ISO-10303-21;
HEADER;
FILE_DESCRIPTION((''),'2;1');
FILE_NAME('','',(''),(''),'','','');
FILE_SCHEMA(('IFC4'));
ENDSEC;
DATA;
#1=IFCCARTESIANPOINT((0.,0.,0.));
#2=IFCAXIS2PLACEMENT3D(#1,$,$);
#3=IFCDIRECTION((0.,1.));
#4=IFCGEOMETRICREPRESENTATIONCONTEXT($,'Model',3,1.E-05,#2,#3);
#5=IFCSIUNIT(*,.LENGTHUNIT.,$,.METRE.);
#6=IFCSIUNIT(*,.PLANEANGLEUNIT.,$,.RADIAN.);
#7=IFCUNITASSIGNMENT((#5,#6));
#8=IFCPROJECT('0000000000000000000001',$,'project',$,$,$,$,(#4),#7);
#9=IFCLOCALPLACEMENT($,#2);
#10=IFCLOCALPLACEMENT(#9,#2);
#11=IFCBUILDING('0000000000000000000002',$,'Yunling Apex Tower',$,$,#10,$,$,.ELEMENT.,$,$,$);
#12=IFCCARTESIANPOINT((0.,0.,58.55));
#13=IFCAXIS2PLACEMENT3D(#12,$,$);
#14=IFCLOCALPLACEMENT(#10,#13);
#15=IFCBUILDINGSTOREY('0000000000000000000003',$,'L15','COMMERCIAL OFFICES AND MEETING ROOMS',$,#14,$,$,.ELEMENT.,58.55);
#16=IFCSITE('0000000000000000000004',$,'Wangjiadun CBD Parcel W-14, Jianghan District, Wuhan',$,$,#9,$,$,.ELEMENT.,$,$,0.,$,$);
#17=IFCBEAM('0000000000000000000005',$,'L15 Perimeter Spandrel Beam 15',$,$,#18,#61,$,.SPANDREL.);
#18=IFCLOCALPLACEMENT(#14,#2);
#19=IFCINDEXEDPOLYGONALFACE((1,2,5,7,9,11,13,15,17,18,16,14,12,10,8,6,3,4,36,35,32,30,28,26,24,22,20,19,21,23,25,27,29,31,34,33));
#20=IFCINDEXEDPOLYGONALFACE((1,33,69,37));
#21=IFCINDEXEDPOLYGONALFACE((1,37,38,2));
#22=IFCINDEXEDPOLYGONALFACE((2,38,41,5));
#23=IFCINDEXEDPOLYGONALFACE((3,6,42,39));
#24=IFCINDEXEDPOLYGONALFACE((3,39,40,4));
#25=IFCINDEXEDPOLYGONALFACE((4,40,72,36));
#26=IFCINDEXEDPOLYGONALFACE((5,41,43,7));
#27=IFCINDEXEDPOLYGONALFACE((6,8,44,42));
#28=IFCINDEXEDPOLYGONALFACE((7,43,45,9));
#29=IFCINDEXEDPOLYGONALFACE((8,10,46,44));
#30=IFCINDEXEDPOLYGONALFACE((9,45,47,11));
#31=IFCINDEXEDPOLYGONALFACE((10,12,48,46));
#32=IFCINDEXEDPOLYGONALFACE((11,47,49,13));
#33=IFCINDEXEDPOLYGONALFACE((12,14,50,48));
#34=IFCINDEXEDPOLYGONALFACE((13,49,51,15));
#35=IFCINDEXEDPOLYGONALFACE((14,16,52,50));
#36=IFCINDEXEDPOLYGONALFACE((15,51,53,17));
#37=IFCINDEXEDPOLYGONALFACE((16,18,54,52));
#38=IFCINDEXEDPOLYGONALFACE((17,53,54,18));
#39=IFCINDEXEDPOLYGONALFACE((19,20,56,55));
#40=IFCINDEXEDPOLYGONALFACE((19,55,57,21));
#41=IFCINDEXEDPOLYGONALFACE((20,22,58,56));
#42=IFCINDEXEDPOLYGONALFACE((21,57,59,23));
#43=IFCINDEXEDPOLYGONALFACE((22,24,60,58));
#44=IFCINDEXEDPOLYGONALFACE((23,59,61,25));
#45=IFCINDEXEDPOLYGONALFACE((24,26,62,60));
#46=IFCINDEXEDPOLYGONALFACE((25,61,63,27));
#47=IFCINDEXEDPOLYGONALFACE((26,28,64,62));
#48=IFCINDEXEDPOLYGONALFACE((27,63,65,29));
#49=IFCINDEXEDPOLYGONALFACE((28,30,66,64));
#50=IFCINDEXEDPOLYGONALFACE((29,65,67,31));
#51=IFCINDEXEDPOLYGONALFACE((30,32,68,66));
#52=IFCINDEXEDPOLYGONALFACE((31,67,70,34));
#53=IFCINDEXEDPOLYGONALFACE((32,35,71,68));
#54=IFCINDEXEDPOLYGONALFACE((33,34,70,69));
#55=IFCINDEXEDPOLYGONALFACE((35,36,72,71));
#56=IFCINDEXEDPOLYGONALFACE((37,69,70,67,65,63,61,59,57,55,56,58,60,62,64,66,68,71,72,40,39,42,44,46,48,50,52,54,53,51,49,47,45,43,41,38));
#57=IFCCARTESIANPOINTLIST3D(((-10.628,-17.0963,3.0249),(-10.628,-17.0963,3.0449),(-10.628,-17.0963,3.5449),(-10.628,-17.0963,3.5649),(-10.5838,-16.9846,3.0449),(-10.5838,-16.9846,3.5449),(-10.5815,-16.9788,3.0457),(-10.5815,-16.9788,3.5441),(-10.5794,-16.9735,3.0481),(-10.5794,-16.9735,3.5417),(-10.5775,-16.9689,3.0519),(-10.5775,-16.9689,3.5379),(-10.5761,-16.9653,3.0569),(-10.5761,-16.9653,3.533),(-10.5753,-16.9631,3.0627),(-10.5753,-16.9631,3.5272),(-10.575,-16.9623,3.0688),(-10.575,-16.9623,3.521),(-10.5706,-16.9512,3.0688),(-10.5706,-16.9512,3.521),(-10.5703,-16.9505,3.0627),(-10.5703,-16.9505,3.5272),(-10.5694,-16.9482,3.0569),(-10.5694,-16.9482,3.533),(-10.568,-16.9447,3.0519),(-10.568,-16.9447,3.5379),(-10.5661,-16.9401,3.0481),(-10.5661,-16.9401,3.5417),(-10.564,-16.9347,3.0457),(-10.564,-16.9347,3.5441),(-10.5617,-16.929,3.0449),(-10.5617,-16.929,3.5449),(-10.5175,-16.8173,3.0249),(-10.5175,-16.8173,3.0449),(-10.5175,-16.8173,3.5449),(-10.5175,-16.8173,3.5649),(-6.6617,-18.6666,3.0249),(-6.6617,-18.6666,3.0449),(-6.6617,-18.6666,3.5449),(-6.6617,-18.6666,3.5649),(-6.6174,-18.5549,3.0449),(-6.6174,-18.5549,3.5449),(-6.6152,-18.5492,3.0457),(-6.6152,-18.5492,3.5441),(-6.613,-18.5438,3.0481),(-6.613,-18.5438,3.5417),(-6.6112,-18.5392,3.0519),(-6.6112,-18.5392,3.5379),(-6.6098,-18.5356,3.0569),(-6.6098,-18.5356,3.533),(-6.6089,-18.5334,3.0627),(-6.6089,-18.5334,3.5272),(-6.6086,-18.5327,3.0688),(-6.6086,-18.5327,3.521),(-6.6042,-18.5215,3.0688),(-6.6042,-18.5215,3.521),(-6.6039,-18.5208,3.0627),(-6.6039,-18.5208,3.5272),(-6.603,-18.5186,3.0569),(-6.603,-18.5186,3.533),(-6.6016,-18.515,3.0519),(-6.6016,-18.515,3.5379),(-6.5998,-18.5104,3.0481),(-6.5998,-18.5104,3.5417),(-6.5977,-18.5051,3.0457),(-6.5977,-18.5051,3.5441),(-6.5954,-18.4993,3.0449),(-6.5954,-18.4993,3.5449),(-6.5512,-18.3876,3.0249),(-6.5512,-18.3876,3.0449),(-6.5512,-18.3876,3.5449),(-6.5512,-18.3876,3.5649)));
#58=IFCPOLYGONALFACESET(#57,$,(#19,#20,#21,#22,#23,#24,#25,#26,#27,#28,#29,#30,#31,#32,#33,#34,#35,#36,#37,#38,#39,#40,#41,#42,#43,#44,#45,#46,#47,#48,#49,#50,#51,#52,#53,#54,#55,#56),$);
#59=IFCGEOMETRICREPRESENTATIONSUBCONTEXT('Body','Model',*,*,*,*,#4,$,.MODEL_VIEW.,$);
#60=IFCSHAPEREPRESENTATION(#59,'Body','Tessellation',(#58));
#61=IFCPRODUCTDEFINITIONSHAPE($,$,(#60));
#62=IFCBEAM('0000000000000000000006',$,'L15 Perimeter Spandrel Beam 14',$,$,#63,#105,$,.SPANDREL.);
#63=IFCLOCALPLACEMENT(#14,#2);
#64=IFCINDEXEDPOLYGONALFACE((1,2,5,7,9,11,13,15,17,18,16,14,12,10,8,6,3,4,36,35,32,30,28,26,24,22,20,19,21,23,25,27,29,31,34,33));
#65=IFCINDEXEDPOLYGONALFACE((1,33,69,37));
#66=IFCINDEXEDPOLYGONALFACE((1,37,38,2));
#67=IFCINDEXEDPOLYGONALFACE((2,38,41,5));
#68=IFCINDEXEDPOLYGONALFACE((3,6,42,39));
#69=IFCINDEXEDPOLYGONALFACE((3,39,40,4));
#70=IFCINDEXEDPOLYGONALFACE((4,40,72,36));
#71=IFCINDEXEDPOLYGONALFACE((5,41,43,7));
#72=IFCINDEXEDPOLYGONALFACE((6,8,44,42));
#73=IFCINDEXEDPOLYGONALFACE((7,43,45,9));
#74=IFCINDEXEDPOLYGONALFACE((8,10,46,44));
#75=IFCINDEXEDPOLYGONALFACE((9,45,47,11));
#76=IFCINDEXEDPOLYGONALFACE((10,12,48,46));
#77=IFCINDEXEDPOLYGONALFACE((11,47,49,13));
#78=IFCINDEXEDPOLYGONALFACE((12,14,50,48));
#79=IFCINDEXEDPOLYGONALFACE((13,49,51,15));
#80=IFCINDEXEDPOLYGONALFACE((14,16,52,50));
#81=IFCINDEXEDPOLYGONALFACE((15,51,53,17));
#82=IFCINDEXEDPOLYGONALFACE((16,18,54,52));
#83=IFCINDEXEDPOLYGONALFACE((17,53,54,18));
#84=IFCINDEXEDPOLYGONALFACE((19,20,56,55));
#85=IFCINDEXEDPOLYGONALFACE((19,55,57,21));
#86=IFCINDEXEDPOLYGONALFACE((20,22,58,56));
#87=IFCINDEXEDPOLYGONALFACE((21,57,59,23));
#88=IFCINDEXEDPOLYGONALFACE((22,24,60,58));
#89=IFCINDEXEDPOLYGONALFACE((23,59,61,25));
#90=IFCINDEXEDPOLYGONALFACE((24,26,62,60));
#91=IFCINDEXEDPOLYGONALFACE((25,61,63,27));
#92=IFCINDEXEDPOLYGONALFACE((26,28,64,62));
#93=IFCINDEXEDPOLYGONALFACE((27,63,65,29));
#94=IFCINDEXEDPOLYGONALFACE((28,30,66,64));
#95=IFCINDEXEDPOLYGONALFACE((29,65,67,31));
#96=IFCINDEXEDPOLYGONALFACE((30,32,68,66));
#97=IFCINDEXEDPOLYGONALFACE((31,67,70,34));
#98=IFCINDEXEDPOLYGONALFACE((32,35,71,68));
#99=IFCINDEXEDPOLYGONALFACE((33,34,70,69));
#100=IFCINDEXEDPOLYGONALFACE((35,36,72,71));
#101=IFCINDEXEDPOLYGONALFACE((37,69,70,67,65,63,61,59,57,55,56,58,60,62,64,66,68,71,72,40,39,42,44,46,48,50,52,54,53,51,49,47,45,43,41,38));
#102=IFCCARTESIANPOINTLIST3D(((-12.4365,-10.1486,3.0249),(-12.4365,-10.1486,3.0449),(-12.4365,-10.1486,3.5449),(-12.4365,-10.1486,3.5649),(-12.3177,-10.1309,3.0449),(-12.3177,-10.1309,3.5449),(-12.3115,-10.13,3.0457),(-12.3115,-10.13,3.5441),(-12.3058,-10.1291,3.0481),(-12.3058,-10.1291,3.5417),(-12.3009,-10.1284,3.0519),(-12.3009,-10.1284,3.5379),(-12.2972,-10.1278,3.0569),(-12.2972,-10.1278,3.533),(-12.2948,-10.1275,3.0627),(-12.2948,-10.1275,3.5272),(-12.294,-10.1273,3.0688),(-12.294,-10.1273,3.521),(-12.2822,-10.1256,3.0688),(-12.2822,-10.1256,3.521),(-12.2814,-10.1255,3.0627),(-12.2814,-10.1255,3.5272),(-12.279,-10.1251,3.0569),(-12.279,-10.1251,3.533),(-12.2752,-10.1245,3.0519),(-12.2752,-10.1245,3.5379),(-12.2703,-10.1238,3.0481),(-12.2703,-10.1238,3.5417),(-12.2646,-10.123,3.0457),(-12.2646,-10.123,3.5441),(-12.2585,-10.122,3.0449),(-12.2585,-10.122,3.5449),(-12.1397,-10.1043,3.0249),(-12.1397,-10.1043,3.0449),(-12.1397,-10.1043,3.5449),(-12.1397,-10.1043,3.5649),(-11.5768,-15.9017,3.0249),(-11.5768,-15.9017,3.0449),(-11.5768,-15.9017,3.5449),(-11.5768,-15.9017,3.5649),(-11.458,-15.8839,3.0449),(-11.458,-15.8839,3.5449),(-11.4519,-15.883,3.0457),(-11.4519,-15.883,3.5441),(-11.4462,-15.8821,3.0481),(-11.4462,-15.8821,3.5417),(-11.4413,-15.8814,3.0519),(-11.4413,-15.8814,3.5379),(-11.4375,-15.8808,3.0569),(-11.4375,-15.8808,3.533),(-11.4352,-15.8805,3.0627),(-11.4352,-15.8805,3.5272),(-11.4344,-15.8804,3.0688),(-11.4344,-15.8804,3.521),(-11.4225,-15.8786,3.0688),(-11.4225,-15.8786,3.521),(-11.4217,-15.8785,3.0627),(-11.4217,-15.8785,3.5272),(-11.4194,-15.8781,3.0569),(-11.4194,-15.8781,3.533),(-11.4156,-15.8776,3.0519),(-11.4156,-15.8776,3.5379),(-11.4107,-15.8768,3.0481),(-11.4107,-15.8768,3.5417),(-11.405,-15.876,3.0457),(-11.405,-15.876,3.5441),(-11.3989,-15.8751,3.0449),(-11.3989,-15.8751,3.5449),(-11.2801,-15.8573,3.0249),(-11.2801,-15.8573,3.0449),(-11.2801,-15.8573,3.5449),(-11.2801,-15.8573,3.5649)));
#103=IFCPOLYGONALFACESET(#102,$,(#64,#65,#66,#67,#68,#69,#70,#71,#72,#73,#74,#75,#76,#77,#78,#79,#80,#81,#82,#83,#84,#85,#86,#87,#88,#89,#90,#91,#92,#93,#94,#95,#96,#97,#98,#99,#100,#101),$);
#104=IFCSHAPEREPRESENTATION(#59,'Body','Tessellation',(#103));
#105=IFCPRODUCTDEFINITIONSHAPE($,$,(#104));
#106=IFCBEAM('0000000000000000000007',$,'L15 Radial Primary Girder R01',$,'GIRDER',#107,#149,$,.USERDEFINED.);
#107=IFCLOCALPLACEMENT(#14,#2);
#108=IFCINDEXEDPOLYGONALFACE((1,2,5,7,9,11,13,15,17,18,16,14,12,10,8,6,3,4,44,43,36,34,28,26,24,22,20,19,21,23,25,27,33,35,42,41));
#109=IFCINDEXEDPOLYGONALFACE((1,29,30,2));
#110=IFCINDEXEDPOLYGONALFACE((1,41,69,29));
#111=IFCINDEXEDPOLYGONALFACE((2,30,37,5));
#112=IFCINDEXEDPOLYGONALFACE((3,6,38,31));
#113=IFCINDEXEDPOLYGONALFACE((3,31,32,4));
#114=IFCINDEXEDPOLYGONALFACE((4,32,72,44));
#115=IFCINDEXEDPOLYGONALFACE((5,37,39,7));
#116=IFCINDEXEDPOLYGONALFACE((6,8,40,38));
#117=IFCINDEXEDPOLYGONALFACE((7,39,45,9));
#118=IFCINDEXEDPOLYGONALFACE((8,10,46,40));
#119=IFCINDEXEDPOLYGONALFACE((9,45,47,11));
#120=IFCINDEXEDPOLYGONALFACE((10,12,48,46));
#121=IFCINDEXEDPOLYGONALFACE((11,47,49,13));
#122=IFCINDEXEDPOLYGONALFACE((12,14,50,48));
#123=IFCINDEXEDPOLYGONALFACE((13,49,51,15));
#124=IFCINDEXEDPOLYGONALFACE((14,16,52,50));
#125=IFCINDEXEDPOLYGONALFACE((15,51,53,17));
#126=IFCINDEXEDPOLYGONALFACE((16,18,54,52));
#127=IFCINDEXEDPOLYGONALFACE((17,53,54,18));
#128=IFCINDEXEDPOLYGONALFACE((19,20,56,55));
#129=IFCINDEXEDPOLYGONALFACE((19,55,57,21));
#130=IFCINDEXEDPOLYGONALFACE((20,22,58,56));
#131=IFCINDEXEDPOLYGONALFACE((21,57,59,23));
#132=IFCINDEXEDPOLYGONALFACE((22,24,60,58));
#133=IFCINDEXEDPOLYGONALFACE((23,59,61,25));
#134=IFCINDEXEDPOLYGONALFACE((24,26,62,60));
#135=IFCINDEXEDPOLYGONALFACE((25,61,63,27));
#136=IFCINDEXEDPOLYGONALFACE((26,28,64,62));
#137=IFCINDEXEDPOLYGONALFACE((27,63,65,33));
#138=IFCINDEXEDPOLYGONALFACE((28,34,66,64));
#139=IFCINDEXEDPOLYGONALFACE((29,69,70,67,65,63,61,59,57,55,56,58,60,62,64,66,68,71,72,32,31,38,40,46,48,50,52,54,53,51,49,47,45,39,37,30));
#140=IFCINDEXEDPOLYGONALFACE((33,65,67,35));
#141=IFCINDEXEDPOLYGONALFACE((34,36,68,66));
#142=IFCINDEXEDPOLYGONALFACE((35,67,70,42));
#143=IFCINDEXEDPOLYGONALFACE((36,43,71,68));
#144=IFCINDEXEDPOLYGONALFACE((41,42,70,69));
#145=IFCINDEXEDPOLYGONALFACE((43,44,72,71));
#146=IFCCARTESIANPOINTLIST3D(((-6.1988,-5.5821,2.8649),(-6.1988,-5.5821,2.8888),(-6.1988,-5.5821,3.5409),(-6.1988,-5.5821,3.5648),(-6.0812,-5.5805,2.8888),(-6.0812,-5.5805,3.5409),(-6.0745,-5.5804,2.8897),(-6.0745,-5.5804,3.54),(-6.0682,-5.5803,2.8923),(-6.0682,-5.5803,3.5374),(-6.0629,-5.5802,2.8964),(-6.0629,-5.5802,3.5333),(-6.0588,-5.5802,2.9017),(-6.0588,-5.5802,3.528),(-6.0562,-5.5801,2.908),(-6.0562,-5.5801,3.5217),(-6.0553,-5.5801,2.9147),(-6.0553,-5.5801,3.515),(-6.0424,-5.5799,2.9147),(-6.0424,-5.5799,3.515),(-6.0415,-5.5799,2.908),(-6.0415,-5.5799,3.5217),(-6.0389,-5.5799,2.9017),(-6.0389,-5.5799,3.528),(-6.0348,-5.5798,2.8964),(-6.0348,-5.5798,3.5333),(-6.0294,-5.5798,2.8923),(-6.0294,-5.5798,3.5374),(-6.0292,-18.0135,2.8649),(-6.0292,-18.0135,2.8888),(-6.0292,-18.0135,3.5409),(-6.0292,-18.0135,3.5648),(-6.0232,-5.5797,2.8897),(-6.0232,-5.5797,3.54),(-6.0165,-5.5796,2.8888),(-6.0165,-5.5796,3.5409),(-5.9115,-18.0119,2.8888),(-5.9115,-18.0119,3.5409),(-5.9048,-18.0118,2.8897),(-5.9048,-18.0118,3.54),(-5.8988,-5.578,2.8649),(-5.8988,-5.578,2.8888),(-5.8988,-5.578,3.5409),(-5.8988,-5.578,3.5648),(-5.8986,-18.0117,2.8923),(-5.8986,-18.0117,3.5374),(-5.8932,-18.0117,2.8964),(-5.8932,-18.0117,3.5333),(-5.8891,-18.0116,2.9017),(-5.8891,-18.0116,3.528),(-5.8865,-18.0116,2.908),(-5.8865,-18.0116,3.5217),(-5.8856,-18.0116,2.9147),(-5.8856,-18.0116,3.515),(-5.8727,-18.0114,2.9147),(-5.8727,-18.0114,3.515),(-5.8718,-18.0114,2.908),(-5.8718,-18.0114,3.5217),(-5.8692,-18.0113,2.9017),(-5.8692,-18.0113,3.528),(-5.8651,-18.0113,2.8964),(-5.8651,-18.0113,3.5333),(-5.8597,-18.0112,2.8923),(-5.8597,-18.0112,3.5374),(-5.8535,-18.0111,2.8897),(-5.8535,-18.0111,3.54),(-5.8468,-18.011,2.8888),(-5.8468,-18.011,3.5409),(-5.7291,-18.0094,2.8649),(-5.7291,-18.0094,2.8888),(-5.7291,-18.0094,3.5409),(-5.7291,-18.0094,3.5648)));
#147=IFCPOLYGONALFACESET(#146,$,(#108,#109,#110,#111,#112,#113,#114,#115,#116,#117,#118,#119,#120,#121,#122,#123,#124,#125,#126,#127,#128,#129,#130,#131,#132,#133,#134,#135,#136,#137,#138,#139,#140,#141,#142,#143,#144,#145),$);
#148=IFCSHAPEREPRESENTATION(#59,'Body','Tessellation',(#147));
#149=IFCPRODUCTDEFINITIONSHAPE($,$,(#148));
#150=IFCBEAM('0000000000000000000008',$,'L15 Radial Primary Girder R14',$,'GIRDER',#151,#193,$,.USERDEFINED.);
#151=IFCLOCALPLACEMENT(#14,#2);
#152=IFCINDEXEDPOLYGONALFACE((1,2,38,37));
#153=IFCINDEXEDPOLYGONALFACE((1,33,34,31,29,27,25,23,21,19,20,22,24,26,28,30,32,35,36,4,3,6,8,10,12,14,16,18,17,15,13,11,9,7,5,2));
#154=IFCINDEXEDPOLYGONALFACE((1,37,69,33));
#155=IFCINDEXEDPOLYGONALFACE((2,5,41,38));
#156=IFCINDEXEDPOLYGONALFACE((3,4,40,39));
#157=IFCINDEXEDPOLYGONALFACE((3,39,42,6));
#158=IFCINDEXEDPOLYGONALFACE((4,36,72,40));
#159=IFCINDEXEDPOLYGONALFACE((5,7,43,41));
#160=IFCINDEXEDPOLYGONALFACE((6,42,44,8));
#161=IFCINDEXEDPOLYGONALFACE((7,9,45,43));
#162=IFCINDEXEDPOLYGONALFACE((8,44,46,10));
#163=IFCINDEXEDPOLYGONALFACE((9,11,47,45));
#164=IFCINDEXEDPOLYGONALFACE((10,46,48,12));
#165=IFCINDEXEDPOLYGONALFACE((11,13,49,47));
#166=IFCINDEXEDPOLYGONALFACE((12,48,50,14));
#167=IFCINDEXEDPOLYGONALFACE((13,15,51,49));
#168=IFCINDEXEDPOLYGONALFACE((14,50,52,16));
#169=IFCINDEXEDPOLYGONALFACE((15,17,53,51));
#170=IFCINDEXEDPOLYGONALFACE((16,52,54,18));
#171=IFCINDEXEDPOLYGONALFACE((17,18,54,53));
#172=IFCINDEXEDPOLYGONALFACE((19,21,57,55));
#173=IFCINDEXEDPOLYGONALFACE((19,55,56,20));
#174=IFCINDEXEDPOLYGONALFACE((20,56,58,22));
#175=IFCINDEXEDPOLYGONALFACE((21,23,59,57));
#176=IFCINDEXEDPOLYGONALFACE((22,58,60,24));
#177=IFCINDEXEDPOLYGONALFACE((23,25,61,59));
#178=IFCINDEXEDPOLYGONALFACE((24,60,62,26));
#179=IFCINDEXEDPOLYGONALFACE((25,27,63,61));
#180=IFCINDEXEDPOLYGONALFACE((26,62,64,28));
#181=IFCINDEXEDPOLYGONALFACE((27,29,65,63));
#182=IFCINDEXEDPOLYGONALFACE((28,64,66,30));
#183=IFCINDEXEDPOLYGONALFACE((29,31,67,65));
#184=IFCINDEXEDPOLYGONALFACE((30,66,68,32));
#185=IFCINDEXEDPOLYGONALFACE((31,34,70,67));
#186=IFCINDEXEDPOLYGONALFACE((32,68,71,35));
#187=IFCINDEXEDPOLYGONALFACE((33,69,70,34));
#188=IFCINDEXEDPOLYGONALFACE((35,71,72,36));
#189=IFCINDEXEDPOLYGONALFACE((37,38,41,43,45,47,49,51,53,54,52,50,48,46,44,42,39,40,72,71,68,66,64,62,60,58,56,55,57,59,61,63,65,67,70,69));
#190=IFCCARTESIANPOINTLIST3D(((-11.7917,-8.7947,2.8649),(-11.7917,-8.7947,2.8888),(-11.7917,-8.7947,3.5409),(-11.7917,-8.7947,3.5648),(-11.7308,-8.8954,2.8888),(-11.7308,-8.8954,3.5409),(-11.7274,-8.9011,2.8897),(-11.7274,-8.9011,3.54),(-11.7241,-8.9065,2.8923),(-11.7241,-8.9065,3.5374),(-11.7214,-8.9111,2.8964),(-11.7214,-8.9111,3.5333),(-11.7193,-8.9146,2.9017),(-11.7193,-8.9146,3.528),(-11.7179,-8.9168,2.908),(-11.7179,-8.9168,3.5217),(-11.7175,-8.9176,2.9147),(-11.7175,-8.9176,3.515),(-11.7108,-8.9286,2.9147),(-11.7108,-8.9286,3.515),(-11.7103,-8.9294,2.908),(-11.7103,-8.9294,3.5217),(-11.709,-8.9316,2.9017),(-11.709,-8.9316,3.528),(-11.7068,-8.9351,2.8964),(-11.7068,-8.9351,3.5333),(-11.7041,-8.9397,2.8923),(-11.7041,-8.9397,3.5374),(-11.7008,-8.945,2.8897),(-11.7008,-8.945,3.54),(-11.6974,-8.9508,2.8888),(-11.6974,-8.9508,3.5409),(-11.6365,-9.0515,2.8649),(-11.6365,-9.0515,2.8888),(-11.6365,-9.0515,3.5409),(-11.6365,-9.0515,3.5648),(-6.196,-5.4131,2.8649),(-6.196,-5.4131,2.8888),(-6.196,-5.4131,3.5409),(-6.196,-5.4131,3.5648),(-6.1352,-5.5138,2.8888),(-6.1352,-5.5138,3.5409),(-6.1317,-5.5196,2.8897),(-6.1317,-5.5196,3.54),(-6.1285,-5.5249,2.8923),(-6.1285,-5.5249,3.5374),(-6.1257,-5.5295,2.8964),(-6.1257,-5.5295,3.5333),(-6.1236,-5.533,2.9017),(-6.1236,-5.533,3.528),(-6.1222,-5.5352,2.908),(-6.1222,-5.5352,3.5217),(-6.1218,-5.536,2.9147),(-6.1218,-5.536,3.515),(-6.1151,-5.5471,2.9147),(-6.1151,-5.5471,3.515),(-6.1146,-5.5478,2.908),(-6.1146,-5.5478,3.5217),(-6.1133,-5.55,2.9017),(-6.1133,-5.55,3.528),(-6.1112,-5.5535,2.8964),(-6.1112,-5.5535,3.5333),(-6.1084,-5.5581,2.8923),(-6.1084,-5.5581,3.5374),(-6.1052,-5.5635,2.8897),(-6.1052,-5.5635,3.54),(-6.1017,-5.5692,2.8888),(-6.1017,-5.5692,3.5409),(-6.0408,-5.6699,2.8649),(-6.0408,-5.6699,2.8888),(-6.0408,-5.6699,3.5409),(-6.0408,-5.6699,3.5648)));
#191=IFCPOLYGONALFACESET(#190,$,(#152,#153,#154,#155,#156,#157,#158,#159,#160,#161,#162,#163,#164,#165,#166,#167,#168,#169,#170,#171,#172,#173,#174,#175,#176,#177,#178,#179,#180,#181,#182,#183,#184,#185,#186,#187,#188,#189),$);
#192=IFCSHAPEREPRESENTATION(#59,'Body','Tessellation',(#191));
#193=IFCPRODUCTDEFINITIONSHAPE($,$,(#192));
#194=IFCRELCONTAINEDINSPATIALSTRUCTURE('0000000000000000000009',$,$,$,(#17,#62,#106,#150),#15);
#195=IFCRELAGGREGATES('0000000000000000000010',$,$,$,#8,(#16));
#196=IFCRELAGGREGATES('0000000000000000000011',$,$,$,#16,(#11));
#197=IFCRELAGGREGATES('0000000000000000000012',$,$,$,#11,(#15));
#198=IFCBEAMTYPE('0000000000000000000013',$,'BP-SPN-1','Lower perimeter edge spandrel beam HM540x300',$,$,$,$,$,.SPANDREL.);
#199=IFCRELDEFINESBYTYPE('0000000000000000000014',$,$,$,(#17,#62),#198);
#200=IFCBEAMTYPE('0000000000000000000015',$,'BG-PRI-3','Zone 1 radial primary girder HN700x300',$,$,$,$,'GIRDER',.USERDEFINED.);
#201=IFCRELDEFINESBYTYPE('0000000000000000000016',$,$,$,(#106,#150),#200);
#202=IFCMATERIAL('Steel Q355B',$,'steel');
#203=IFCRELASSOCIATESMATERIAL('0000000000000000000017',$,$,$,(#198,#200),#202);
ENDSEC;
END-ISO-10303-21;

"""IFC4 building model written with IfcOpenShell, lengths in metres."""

from ifc_helpers import new_model, si_unit, direction, frame, origin, origin_2d, place, context, subcontext, project, spatial, i_section, extrude, source, transform, mapped, material, material_profile, profile_set, type_object, element, save


model = new_model("IFC4")

# Units and contexts
model_context = context("Model", 3, precision=1e-05, world=origin(), true_north=direction((0.0, 1.0)))
body_context = subcontext(model_context, "Body", "Model", "MODEL_VIEW")
ifc_project = project(units=[si_unit("LENGTHUNIT", "METRE"), si_unit("PLANEANGLEUNIT", "RADIAN")], contexts=[model_context])

# Site, building, storey
site_placement = place(None, origin())
site = spatial("IfcSite", under=ifc_project, at=site_placement, Name="Wangjiadun CBD Parcel W-14, Jianghan District, Wuhan", CompositionType="ELEMENT", RefElevation=0.0)
building_placement = place(site_placement, origin())
building = spatial("IfcBuilding", under=site, at=building_placement, Name="Yunling Apex Tower", CompositionType="ELEMENT")
storey_placement = place(building_placement, frame((0.0, 0.0, 58.55)))
storey = spatial("IfcBuildingStorey", under=building, at=storey_placement, Name="L15", Description="COMMERCIAL OFFICES AND MEETING ROOMS", CompositionType="ELEMENT", Elevation=58.55)

# Beams
ifc_material_1 = material(Name="Steel Q355B", Category="steel")
ifc_material_profile_1 = material_profile(ifc_material_1, i_section(OverallWidth=0.3, OverallDepth=0.54, WebThickness=0.012, FlangeThickness=0.02, FilletRadius=0.0239, at=origin_2d()))
ifc_profile_set_1 = profile_set([ifc_material_profile_1], Name="Steel Q355B")
beam_type_1 = type_object("IfcBeamType", Name="BP-SPN-1", Description="Lower perimeter edge spandrel beam HM540x300", PredefinedType="SPANDREL", material=ifc_profile_set_1)
shared_shape_1 = source(origin(), body_context, "Body", "SweptSolid", [
    extrude(i_section(OverallWidth=0.3, OverallDepth=0.54, WebThickness=0.012, FlangeThickness=0.02, FilletRadius=0.0239, at=origin_2d()), origin(), (0.0, 0.0, 1.0), 4.2659),
])
beam_1_placement = place(storey_placement, frame((-10.5728, -16.9568, 3.2949), z_axis=(0.929781, -0.368112, 0.0), x_axis=(0.368112, 0.929781, 0.0)))
element("IfcBeam", 1, at=beam_1_placement, inside=storey, type_object=beam_type_1, Name="L15 Perimeter Spandrel Beam 15", PredefinedType="SPANDREL", context=body_context, shape_type="MappedRepresentation", body=[
    mapped(shared_shape_1, transform((0.0, 0.0, 0.0), scale=1.0)),
])
shared_shape_2 = source(origin(), body_context, "Body", "SweptSolid", [
    extrude(i_section(OverallWidth=0.3, OverallDepth=0.54, WebThickness=0.012, FlangeThickness=0.02, FilletRadius=0.0239, at=origin_2d()), origin(), (0.0, 0.0, 1.0), 5.8169),
])
beam_2_placement = place(storey_placement, frame((-12.2881, -10.1265, 3.2949), z_axis=(0.147782, -0.98902, 0.0), x_axis=(0.98902, 0.147782, 0.0)))
element("IfcBeam", 2, at=beam_2_placement, inside=storey, type_object=beam_type_1, Name="L15 Perimeter Spandrel Beam 14", PredefinedType="SPANDREL", context=body_context, shape_type="MappedRepresentation", body=[
    mapped(shared_shape_2, transform((0.0, 0.0, 0.0), scale=1.0)),
])
ifc_material_profile_2 = material_profile(ifc_material_1, i_section(OverallWidth=0.3, OverallDepth=0.7, WebThickness=0.0129, FlangeThickness=0.0239, FilletRadius=0.0259, at=origin_2d()))
ifc_profile_set_2 = profile_set([ifc_material_profile_2], Name="Steel Q355B")
beam_type_2 = type_object("IfcBeamType", Name="BG-PRI-3", Description="Zone 1 radial primary girder HN700x300", ElementType="GIRDER", PredefinedType="USERDEFINED", material=ifc_profile_set_2)
shared_shape_3 = source(origin(), body_context, "Body", "SweptSolid", [
    extrude(i_section(OverallWidth=0.3, OverallDepth=0.7, WebThickness=0.0129, FlangeThickness=0.0239, FilletRadius=0.0259, at=origin_2d()), origin(), (0.0, 0.0, 1.0), 12.4326),
])
beam_3_placement = place(storey_placement, frame((-5.8792, -18.0115, 3.2148), z_axis=(-0.013648, 0.999907, 0.0), x_axis=(-0.999907, -0.013648, 0.0)))
element("IfcBeam", 3, at=beam_3_placement, inside=storey, type_object=beam_type_2, Name="L15 Radial Primary Girder R01", ObjectType="GIRDER", PredefinedType="USERDEFINED", context=body_context, shape_type="MappedRepresentation", body=[
    mapped(shared_shape_3, transform((0.0, 0.0, 0.0), scale=1.0)),
])
shared_shape_4 = source(origin(), body_context, "Body", "SweptSolid", [
    extrude(i_section(OverallWidth=0.3, OverallDepth=0.7, WebThickness=0.0129, FlangeThickness=0.0239, FilletRadius=0.0259, at=origin_2d()), origin(), (0.0, 0.0, 1.0), 6.5381),
])
beam_4_placement = place(storey_placement, frame((-11.7141, -8.9231, 3.2148), z_axis=(0.855858, 0.517211, 0.0), x_axis=(-0.517211, 0.855858, 0.0)))
element("IfcBeam", 4, at=beam_4_placement, inside=storey, type_object=beam_type_2, Name="L15 Radial Primary Girder R14", ObjectType="GIRDER", PredefinedType="USERDEFINED", context=body_context, shape_type="MappedRepresentation", body=[
    mapped(shared_shape_4, transform((0.0, 0.0, 0.0), scale=1.0)),
])

save(model, "model.ifc")
